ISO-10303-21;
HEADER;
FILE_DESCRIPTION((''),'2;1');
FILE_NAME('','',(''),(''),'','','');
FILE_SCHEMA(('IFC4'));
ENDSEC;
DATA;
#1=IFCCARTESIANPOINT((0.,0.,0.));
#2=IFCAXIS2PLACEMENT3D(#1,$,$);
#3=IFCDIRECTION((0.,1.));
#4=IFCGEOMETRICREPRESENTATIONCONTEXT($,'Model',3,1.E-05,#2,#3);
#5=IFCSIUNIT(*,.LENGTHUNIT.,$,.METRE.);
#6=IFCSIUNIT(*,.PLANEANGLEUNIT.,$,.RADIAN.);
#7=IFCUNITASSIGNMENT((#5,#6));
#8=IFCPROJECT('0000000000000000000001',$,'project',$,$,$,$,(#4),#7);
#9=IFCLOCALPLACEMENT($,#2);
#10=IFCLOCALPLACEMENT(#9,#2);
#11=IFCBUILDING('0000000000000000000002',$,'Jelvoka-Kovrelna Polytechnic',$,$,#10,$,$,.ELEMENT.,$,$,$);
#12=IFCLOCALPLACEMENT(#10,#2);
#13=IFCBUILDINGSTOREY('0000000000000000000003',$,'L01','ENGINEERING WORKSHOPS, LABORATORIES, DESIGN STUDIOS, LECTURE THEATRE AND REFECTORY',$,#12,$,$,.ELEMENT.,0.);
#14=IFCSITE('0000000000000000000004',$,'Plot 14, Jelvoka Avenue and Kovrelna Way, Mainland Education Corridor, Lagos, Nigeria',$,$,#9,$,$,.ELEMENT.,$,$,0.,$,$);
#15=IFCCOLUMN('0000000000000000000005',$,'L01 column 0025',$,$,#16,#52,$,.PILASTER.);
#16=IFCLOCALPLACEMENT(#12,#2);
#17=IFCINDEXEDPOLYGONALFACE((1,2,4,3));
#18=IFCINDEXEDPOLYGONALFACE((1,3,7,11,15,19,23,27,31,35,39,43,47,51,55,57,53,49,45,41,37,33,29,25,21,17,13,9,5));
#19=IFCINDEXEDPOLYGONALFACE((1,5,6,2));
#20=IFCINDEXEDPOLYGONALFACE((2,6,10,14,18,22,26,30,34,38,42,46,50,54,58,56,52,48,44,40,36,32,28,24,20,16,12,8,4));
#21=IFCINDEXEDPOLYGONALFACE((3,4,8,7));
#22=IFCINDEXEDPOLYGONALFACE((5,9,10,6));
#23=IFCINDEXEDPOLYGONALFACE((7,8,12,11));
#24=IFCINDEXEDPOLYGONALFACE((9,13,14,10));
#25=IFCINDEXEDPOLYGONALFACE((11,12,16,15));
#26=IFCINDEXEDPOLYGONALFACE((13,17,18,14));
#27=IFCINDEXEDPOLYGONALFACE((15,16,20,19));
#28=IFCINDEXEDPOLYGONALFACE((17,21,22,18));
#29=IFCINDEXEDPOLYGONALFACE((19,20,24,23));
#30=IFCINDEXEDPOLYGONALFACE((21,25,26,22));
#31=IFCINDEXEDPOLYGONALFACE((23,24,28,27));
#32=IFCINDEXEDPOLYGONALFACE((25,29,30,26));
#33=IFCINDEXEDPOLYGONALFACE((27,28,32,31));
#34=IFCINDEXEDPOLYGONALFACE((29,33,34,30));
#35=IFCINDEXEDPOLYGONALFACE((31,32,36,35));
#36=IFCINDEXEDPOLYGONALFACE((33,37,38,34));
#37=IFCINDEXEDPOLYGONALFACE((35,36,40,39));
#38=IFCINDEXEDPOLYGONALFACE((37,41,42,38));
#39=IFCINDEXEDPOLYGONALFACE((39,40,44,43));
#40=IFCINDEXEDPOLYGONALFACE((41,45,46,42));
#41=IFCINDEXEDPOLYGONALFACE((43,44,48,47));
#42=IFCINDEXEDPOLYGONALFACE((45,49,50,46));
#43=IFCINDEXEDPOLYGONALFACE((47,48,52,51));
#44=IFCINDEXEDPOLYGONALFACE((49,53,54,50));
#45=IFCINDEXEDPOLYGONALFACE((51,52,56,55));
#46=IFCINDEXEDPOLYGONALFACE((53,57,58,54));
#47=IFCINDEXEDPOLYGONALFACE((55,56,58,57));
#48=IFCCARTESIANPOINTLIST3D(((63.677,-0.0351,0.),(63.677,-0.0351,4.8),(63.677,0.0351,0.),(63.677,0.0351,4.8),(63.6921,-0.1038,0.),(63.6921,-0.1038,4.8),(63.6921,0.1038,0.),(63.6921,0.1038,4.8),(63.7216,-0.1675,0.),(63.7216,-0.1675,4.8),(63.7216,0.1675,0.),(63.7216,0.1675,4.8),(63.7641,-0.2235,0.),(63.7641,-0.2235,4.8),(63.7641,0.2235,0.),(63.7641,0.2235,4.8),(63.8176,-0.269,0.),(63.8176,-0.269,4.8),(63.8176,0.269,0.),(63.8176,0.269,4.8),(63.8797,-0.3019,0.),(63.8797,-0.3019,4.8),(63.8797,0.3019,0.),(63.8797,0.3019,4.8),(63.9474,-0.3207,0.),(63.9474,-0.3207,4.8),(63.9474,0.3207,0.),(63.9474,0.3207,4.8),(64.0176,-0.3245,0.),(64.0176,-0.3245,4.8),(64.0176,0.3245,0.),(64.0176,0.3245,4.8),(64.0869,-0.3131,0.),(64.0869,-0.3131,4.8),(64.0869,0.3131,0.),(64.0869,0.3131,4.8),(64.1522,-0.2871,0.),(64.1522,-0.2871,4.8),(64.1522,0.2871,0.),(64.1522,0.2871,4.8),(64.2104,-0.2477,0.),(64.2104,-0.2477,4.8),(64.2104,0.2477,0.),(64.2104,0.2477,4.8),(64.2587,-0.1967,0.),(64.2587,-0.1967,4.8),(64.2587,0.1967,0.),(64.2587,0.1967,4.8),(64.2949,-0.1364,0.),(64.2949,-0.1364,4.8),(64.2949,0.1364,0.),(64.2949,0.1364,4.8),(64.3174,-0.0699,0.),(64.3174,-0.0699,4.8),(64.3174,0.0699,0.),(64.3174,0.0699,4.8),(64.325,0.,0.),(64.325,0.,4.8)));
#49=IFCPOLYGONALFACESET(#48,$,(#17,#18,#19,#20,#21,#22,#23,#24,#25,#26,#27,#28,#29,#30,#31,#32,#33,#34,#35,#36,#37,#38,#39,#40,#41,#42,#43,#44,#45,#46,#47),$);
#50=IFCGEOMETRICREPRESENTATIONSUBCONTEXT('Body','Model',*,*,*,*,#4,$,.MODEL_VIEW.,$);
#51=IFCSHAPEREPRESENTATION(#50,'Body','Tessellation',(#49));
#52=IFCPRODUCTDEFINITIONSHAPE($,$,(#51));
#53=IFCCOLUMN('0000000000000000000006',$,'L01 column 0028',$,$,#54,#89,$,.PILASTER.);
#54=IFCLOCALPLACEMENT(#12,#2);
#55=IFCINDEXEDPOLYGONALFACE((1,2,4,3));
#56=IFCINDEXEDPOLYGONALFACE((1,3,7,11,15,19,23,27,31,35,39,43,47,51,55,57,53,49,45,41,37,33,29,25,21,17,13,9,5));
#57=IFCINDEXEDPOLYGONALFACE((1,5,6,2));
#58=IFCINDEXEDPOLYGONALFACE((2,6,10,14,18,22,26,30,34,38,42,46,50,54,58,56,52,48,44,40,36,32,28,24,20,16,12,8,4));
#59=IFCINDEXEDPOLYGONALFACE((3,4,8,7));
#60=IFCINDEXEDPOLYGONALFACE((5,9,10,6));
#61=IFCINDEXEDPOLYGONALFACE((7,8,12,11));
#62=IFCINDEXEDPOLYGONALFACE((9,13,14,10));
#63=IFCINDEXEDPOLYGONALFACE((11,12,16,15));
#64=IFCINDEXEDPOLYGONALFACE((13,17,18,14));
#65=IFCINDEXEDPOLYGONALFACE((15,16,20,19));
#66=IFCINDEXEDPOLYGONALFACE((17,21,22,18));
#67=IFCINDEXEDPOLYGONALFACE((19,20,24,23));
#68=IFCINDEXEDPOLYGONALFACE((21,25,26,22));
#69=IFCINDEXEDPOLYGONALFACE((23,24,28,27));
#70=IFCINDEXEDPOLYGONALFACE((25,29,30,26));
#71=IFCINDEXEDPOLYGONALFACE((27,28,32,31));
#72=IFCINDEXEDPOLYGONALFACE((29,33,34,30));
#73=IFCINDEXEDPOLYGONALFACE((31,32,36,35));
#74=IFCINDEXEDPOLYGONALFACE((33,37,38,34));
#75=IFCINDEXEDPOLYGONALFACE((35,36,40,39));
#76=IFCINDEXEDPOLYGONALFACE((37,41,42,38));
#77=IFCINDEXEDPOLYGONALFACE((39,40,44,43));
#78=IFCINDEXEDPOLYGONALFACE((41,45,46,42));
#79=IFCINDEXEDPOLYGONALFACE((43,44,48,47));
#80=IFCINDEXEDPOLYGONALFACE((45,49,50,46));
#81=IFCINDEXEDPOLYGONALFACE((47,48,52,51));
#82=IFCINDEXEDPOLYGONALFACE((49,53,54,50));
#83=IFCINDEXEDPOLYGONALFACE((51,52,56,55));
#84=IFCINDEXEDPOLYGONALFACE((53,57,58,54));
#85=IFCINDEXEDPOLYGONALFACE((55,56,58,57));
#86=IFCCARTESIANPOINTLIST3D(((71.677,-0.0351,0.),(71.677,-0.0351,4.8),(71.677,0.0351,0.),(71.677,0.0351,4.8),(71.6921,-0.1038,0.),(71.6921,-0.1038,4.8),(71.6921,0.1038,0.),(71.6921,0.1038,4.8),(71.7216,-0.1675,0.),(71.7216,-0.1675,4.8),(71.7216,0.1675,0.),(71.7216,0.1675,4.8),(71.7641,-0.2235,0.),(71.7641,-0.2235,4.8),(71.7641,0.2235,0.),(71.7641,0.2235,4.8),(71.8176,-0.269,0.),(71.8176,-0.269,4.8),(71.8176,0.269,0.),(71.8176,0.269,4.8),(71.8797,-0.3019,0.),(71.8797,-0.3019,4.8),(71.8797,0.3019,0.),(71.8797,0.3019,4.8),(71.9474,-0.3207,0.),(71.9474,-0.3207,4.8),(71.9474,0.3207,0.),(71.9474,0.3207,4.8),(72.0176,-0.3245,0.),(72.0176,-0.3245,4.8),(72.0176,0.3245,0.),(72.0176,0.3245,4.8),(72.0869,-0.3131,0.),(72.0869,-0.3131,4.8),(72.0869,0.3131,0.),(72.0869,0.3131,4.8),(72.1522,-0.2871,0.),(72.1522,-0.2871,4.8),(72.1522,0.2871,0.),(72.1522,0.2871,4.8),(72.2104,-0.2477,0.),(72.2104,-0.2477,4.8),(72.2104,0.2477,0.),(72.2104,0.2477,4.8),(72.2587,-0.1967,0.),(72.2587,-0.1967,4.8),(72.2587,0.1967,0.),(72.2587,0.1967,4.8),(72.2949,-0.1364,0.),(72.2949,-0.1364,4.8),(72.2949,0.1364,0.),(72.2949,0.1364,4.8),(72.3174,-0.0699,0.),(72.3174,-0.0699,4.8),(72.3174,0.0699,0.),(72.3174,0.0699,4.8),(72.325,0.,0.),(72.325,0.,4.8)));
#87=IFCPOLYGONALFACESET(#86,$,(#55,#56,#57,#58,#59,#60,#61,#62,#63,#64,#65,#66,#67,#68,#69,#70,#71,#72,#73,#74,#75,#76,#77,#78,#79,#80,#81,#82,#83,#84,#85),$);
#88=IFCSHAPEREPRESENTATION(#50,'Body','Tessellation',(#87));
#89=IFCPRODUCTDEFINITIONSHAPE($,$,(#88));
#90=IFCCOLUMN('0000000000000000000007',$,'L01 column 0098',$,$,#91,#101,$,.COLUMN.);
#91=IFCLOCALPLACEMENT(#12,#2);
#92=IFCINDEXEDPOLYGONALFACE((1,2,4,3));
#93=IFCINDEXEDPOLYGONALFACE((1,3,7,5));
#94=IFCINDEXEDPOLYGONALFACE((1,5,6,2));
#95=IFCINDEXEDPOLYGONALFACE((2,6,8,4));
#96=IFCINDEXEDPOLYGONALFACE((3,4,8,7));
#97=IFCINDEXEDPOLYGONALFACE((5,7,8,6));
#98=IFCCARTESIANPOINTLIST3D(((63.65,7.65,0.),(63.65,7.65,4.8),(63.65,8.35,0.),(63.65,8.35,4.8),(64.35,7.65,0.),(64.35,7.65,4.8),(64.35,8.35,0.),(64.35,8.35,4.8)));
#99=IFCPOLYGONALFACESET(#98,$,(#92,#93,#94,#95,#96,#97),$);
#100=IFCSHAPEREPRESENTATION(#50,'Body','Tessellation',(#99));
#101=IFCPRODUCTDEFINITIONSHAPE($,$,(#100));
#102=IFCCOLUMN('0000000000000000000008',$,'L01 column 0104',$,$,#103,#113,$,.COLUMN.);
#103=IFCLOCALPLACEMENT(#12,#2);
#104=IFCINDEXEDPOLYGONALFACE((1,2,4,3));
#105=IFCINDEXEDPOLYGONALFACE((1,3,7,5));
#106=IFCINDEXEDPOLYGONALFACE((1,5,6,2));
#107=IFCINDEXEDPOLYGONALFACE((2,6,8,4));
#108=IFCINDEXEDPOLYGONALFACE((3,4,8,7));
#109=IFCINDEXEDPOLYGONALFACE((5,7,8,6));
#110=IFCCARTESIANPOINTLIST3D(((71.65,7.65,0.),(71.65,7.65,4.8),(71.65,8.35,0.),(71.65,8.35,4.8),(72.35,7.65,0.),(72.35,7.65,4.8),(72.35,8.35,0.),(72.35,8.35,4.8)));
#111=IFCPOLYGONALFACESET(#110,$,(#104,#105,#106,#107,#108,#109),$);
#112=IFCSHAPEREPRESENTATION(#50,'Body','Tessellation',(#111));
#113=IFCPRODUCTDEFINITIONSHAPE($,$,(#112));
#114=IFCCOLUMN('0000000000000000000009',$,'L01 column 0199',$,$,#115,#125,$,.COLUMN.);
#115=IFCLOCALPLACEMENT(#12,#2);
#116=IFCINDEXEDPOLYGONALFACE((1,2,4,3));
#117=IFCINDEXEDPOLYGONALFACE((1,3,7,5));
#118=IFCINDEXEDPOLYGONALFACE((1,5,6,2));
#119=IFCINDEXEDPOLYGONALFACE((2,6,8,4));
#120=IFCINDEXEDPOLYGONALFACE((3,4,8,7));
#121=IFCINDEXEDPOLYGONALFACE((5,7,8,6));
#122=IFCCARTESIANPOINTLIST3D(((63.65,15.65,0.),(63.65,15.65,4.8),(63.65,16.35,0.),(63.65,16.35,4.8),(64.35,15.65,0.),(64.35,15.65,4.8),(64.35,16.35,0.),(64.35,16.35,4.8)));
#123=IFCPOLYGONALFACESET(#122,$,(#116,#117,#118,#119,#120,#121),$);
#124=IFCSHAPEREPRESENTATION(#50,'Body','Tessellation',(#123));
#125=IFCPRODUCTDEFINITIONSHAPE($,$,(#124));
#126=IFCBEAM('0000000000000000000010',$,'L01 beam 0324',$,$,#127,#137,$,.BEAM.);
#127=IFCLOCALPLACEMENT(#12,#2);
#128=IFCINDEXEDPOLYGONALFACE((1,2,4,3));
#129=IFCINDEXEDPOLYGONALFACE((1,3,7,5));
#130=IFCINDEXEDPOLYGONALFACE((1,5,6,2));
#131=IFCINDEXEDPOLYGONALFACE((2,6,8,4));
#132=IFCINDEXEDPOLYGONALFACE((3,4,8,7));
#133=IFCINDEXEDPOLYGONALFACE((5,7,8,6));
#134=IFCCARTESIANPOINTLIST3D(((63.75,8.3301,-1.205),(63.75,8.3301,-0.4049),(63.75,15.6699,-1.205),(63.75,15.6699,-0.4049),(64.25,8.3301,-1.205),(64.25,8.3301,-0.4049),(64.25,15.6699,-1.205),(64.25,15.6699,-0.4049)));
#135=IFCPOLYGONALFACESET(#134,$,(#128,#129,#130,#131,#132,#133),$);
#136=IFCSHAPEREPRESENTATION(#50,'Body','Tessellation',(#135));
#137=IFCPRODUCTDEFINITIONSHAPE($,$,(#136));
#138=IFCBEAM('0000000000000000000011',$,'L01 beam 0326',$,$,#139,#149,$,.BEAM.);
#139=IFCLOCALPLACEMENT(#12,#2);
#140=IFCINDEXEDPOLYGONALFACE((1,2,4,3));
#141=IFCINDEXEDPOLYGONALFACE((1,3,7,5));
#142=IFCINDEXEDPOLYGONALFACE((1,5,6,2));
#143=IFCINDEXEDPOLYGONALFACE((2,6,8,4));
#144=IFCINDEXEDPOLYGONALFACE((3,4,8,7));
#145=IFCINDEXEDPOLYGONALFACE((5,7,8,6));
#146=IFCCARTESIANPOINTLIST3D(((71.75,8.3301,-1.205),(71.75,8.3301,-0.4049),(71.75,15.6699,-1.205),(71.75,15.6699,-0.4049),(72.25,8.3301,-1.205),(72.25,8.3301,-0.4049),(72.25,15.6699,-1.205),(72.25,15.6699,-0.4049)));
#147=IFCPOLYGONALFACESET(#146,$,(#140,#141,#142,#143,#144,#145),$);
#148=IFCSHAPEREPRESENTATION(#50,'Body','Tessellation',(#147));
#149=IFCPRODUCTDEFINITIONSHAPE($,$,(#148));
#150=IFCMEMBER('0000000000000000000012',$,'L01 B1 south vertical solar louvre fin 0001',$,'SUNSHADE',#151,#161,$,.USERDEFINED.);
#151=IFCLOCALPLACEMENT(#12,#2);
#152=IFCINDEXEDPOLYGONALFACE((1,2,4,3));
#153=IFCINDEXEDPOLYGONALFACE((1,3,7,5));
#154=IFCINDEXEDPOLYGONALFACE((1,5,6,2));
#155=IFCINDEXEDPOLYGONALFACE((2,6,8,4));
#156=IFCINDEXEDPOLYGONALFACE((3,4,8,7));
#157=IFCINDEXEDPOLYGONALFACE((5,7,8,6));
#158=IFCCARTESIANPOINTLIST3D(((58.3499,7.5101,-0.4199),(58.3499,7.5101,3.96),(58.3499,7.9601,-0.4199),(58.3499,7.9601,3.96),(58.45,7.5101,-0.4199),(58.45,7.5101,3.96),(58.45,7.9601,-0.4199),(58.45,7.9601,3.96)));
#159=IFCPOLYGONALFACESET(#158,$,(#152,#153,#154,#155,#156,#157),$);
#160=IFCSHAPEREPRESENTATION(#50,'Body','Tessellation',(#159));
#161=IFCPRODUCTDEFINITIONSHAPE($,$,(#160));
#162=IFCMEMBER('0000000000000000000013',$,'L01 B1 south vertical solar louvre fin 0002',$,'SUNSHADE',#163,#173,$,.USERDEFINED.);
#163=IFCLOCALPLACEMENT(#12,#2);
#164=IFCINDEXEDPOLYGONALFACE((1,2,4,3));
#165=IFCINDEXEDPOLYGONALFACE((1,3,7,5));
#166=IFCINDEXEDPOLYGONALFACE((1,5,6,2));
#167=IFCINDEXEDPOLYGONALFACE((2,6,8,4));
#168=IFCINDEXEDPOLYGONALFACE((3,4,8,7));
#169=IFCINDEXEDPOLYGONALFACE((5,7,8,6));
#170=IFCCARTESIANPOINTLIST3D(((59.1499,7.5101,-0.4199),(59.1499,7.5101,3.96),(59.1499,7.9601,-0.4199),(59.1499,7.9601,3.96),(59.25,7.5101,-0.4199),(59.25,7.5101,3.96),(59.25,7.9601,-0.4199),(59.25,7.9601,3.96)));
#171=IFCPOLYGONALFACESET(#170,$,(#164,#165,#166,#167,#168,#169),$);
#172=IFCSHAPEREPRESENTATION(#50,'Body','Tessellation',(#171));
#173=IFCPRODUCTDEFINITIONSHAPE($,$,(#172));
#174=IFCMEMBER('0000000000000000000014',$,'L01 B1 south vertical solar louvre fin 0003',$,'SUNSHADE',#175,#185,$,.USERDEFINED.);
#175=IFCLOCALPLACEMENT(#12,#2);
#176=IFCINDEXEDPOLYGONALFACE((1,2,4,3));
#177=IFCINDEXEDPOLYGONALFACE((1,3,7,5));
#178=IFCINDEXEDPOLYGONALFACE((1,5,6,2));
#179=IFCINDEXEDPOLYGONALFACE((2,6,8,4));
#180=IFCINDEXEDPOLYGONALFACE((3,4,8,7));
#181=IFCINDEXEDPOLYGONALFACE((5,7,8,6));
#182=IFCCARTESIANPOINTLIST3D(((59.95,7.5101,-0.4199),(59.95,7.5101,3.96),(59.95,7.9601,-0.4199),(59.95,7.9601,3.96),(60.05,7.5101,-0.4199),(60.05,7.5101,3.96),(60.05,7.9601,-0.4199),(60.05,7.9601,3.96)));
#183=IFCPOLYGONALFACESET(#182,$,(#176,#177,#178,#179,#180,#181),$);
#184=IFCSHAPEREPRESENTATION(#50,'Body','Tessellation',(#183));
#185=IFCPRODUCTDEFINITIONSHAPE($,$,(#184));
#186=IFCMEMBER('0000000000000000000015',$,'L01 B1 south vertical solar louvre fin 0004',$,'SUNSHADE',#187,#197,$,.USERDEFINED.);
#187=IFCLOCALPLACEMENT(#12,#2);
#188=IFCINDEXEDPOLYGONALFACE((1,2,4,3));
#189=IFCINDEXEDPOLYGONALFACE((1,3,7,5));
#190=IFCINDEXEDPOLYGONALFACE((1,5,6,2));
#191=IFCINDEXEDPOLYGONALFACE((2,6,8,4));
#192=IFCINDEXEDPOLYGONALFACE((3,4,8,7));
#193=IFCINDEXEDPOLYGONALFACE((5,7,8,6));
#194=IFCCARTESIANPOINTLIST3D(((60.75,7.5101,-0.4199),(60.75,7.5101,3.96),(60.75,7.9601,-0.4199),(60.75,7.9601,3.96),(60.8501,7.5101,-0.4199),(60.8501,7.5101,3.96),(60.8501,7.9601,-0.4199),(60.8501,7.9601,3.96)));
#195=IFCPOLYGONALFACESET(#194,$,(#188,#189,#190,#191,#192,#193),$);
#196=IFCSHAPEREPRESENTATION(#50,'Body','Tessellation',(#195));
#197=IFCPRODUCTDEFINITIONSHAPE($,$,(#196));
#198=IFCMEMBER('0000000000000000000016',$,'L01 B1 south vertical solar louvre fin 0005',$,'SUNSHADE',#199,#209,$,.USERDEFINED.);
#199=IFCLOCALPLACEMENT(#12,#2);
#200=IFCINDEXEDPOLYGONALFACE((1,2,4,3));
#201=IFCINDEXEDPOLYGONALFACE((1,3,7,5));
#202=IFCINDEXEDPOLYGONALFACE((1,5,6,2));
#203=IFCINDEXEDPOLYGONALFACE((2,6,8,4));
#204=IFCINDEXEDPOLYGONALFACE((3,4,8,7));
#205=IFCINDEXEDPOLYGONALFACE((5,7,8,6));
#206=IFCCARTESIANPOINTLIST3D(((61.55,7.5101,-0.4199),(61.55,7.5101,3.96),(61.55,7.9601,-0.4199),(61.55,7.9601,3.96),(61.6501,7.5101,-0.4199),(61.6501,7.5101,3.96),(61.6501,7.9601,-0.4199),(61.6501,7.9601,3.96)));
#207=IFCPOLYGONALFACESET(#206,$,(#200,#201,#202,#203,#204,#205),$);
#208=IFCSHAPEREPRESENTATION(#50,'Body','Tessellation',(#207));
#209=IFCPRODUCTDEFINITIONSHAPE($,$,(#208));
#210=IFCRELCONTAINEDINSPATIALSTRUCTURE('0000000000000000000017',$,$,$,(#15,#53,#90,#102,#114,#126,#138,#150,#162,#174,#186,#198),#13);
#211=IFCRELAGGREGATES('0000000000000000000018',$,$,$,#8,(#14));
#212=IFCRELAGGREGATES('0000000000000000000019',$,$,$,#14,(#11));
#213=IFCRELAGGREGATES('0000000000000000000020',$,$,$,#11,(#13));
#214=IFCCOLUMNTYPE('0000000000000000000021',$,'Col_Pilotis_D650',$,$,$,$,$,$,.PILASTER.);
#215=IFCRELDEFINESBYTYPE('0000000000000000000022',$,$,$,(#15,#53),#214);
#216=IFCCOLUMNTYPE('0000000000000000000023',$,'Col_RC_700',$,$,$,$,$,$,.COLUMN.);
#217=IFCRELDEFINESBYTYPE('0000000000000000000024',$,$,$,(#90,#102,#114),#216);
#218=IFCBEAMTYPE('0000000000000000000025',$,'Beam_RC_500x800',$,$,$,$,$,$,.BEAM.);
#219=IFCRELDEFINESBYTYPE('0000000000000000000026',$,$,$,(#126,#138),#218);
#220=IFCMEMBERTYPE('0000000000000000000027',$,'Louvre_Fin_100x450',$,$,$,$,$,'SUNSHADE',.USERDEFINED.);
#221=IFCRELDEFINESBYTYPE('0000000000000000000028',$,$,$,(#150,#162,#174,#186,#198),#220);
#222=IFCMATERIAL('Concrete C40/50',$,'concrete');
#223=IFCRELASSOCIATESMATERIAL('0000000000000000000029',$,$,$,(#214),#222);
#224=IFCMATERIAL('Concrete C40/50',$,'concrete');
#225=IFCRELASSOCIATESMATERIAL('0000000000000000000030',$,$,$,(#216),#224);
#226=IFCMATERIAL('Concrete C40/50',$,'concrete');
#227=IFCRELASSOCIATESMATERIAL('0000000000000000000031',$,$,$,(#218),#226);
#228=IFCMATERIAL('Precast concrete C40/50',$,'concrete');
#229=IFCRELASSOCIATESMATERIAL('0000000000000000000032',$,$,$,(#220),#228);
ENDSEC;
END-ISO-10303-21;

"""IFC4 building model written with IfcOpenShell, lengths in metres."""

from ifc_helpers import new_model, si_unit, direction, frame, origin, origin_2d, place, context, subcontext, project, spatial, rectangle, circle, extrude, material, material_profile, profile_set, type_object, element, save


model = new_model("IFC4")

# Units and contexts
model_context = context("Model", 3, precision=1e-05, world=origin(), true_north=direction((0.0, 1.0)))
body_context = subcontext(model_context, "Body", "Model", "MODEL_VIEW")
ifc_project = project(units=[si_unit("LENGTHUNIT", "METRE"), si_unit("PLANEANGLEUNIT", "RADIAN")], contexts=[model_context])

# Site, building, storey
site_placement = place(None, origin())
site = spatial("IfcSite", under=ifc_project, at=site_placement, Name="Plot 14, Jelvoka Avenue and Kovrelna Way, Mainland Education Corridor, Lagos, Nigeria", CompositionType="ELEMENT", RefElevation=0.0)
building_placement = place(site_placement, origin())
building = spatial("IfcBuilding", under=site, at=building_placement, Name="Jelvoka-Kovrelna Polytechnic", CompositionType="ELEMENT")
storey_placement = place(building_placement, origin())
storey = spatial("IfcBuildingStorey", under=building, at=storey_placement, Name="L01", Description="ENGINEERING WORKSHOPS, LABORATORIES, DESIGN STUDIOS, LECTURE THEATRE AND REFECTORY", CompositionType="ELEMENT", Elevation=0.0)

# Columns
ifc_material_1 = material(Name="Concrete C40/50", Category="concrete")
ifc_material_profile_1 = material_profile(ifc_material_1, circle(Radius=0.325, at=origin_2d()), Name="RC D650")
ifc_profile_set_1 = profile_set([ifc_material_profile_1], Name="Concrete C40/50")
column_type_1 = type_object("IfcColumnType", Name="Col_Pilotis_D650", PredefinedType="PILASTER", material=ifc_profile_set_1)
for number, where, z_axis, x_axis, name in (
    (1, (64.0, 0.0, 0.0), (0.0, 0.0, 1.0), (1.0, 0.0, 0.0), "L01 column 0025"),
    (2, (72.0, 0.0, 0.0), (0.0, 0.0, 1.0), (1.0, 0.0, 0.0), "L01 column 0028"),
):
    element("IfcColumn", number, at=place(storey_placement, frame(where, z_axis=z_axis, x_axis=x_axis)), inside=storey, type_object=column_type_1, Name=name, PredefinedType="PILASTER", context=body_context, shape_type="SweptSolid", body=[
        extrude(circle(Radius=0.325, at=origin_2d()), origin(), (0.0, 0.0, 1.0), 4.8),
    ])
ifc_material_2 = material(Name="Concrete C40/50", Category="concrete")
ifc_material_profile_2 = material_profile(ifc_material_2, rectangle(XDim=0.7, YDim=0.7, at=origin_2d()), Name="RC 700x700")
ifc_profile_set_2 = profile_set([ifc_material_profile_2], Name="Concrete C40/50")
column_type_2 = type_object("IfcColumnType", Name="Col_RC_700", PredefinedType="COLUMN", material=ifc_profile_set_2)
for number, where, z_axis, x_axis, name in (
    (3, (64.0, 8.0, 0.0), (0.0, 0.0, 1.0), (1.0, 0.0, 0.0), "L01 column 0098"),
    (4, (72.0, 8.0, 0.0), (0.0, 0.0, 1.0), (1.0, 0.0, 0.0), "L01 column 0104"),
    (5, (64.0, 16.0, 0.0), (0.0, 0.0, 1.0), (1.0, 0.0, 0.0), "L01 column 0199"),
):
    element("IfcColumn", number, at=place(storey_placement, frame(where, z_axis=z_axis, x_axis=x_axis)), inside=storey, type_object=column_type_2, Name=name, PredefinedType="COLUMN", context=body_context, shape_type="SweptSolid", body=[
        extrude(rectangle(XDim=0.7, YDim=0.7, at=origin_2d()), origin(), (0.0, 0.0, 1.0), 4.8),
    ])

# Beams
ifc_material_3 = material(Name="Concrete C40/50", Category="concrete")
ifc_material_profile_3 = material_profile(ifc_material_3, rectangle(XDim=0.5, YDim=0.8, at=origin_2d()), Name="RC 500x800")
ifc_profile_set_3 = profile_set([ifc_material_profile_3], Name="Concrete C40/50")
beam_type_1 = type_object("IfcBeamType", Name="Beam_RC_500x800", PredefinedType="BEAM", material=ifc_profile_set_3)
for number, where, z_axis, x_axis, name in (
    (6, (64.0, 8.3301, -0.8049), (0.0, 1.0, 0.0), (-1.0, 0.0, 0.0), "L01 beam 0324"),
    (7, (72.0, 8.3301, -0.8049), (0.0, 1.0, 0.0), (-1.0, 0.0, 0.0), "L01 beam 0326"),
):
    element("IfcBeam", number, at=place(storey_placement, frame(where, z_axis=z_axis, x_axis=x_axis)), inside=storey, type_object=beam_type_1, Name=name, PredefinedType="BEAM", context=body_context, shape_type="SweptSolid", body=[
        extrude(rectangle(XDim=0.5, YDim=0.8, at=origin_2d()), origin(), (0.0, 0.0, 1.0), 7.3398),
    ])

# Members
ifc_material_4 = material(Name="Precast concrete C40/50", Category="concrete")
ifc_material_profile_4 = material_profile(ifc_material_4, rectangle(XDim=0.1001, YDim=0.45, at=origin_2d()), Name="PC 100x450")
ifc_profile_set_4 = profile_set([ifc_material_profile_4], Name="Precast concrete C40/50")
member_type_1 = type_object("IfcMemberType", Name="Louvre_Fin_100x450", ElementType="SUNSHADE", PredefinedType="USERDEFINED", material=ifc_profile_set_4)
for number, where, z_axis, x_axis, name in (
    (8, (58.3999, 7.7351, -0.4199), (0.0, 0.0, 1.0), (1.0, 0.0, 0.0), "L01 B1 south vertical solar louvre fin 0001"),
    (9, (59.2, 7.7351, -0.4199), (0.0, 0.0, 1.0), (1.0, 0.0, 0.0), "L01 B1 south vertical solar louvre fin 0002"),
    (10, (60.0, 7.7351, -0.4199), (0.0, 0.0, 1.0), (1.0, 0.0, 0.0), "L01 B1 south vertical solar louvre fin 0003"),
    (11, (60.8, 7.7351, -0.4199), (0.0, 0.0, 1.0), (1.0, 0.0, 0.0), "L01 B1 south vertical solar louvre fin 0004"),
    (12, (61.6001, 7.7351, -0.4199), (0.0, 0.0, 1.0), (1.0, 0.0, 0.0), "L01 B1 south vertical solar louvre fin 0005"),
):
    element("IfcMember", number, at=place(storey_placement, frame(where, z_axis=z_axis, x_axis=x_axis)), inside=storey, type_object=member_type_1, Name=name, ObjectType="SUNSHADE", PredefinedType="USERDEFINED", context=body_context, shape_type="SweptSolid", body=[
        extrude(rectangle(XDim=0.1001, YDim=0.45, at=origin_2d()), origin(), (0.0, 0.0, 1.0), 4.3799),
    ])

save(model, "model.ifc")
